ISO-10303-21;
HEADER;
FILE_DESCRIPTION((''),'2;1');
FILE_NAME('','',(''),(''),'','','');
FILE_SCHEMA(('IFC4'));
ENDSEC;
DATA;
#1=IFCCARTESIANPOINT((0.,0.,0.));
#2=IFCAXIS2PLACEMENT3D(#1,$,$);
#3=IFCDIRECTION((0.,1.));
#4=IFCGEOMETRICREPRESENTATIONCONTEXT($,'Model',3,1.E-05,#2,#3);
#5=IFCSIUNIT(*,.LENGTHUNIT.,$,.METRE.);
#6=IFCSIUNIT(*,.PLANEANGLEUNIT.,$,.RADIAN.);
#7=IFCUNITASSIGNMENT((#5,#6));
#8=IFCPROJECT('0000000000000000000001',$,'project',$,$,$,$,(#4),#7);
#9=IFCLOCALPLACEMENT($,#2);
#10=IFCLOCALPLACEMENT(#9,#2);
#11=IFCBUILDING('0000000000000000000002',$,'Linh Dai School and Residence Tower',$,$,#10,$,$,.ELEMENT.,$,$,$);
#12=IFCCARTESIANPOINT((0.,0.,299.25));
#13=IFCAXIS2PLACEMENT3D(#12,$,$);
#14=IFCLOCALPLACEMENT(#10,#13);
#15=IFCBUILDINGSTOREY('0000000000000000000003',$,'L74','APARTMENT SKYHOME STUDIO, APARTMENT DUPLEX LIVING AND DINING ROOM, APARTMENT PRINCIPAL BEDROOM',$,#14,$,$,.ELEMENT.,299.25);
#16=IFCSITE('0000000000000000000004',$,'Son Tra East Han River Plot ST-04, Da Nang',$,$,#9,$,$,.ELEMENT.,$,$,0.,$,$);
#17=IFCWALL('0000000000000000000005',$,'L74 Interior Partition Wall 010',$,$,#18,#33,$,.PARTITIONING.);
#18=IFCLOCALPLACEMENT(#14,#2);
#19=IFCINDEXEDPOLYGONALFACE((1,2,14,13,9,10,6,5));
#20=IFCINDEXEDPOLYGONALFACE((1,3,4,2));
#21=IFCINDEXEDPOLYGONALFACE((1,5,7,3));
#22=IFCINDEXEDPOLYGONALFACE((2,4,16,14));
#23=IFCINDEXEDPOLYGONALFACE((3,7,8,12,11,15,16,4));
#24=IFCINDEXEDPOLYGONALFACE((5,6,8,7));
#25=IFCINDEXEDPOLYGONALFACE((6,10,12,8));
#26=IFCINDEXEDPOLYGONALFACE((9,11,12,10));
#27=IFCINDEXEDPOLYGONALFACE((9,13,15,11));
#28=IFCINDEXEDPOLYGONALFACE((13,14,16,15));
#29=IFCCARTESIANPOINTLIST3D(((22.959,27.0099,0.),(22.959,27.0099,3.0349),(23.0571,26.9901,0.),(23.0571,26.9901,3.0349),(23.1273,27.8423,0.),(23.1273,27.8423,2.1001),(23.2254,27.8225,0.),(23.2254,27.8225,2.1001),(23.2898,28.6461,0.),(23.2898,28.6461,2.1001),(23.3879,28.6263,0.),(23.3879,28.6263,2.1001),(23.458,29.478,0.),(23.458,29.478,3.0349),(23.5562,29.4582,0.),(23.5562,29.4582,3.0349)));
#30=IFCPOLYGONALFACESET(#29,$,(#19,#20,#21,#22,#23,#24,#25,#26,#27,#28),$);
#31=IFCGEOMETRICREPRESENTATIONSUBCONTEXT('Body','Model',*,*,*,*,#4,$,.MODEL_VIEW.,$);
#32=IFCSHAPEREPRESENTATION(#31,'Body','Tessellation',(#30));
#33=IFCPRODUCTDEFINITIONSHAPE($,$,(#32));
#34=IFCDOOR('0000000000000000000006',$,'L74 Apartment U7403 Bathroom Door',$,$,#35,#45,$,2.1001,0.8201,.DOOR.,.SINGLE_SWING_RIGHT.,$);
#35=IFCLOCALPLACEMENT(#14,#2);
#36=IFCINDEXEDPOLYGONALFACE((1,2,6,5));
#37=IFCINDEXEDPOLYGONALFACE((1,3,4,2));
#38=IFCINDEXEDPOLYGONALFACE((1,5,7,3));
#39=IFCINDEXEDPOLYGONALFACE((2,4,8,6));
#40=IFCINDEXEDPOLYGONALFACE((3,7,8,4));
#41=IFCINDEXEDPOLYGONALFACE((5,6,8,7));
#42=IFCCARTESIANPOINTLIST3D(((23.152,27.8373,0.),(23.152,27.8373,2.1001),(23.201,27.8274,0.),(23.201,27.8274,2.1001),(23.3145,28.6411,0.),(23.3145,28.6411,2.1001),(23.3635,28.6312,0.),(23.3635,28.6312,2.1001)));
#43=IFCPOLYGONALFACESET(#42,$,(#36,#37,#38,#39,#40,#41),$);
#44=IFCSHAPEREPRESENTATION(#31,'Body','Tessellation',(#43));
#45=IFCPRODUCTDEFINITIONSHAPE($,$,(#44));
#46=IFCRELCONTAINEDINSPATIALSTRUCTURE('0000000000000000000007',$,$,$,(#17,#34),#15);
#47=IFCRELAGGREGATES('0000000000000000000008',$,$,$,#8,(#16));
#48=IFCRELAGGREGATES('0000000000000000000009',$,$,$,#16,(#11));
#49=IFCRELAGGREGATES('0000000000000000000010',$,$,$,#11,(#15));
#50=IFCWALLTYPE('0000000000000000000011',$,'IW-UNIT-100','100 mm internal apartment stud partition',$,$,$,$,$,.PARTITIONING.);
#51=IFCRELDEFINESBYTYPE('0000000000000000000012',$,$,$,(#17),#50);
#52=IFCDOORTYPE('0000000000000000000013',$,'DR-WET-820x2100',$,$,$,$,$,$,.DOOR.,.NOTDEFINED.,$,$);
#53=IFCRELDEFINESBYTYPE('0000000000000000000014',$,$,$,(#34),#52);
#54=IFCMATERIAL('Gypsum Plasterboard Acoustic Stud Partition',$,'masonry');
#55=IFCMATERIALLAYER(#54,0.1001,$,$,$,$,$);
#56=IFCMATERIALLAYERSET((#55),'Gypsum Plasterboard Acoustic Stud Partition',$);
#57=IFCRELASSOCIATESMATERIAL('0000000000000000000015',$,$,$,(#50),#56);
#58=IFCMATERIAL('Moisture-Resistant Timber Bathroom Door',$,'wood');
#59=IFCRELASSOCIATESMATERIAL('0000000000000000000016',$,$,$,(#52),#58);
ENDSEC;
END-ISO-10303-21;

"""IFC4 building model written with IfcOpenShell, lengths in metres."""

from ifc_helpers import new_model, si_unit, direction, frame, frame_2d, origin, origin_2d, place, context, subcontext, project, spatial, rectangle, extrude, source, transform, mapped, material, layer, layer_set, type_object, element, fill, save


model = new_model("IFC4")

# Units and contexts
model_context = context("Model", 3, precision=1e-05, world=origin(), true_north=direction((0.0, 1.0)))
body_context = subcontext(model_context, "Body", "Model", "MODEL_VIEW")
ifc_project = project(units=[si_unit("LENGTHUNIT", "METRE"), si_unit("PLANEANGLEUNIT", "RADIAN")], contexts=[model_context])

# Site, building, storey
site_placement = place(None, origin())
site = spatial("IfcSite", under=ifc_project, at=site_placement, Name="Son Tra East Han River Plot ST-04, Da Nang", CompositionType="ELEMENT", RefElevation=0.0)
building_placement = place(site_placement, origin())
building = spatial("IfcBuilding", under=site, at=building_placement, Name="Linh Dai School and Residence Tower", CompositionType="ELEMENT")
storey_placement = place(building_placement, frame((0.0, 0.0, 299.25)))
storey = spatial("IfcBuildingStorey", under=building, at=storey_placement, Name="L74", Description="APARTMENT SKYHOME STUDIO, APARTMENT DUPLEX LIVING AND DINING ROOM, APARTMENT PRINCIPAL BEDROOM", CompositionType="ELEMENT", Elevation=299.25)

# Shared definitions
ifc_material_1 = material(Name="Gypsum Plasterboard Acoustic Stud Partition", Category="masonry")
ifc_layer_1 = layer(ifc_material_1, 0.1001)
ifc_layer_set_1 = layer_set([ifc_layer_1], Name="Gypsum Plasterboard Acoustic Stud Partition")
wall_type_1 = type_object("IfcWallType", Name="IW-UNIT-100", Description="100 mm internal apartment stud partition", PredefinedType="PARTITIONING", material=ifc_layer_set_1)

# Wall, opening, door
wall_1_placement = place(storey_placement, frame((23.0081, 27.0, 0.0), z_axis=(0.0, 0.0, 1.0), x_axis=(0.198185, 0.980165, 0.0)))
wall_1 = element("IfcWall", 1, at=wall_1_placement, inside=storey, type_object=wall_type_1, Name="L74 Interior Partition Wall 010", PredefinedType="PARTITIONING", context=body_context, shape_type="SweptSolid", body=[
    extrude(rectangle(XDim=2.5181, YDim=0.1001, at=frame_2d((1.259, 0.0))), origin(), (0.0, 0.0, 1.0), 3.0349),
])
opening_1_placement = place(wall_1_placement, frame((0.8491, 0.0, 0.0)))
opening_1 = element("IfcOpeningElement", 2, at=opening_1_placement, cuts=wall_1, PredefinedType="OPENING", context=body_context, shape_type="SweptSolid", body=[
    extrude(rectangle(XDim=0.8201, YDim=2.1001, at=origin_2d()), frame((0.4102, 0.0601, 1.05), z_axis=(0.0, -1.0, 0.0), x_axis=(1.0, 0.0, 0.0)), (0.0, 0.0, 1.0), 0.1201),
])
ifc_material_2 = material(Name="Moisture-Resistant Timber Bathroom Door", Category="wood")
door_type_1 = type_object("IfcDoorType", Name="DR-WET-820x2100", OperationType="NOTDEFINED", PredefinedType="DOOR", material=ifc_material_2)
shared_shape_1 = source(origin(), body_context, "Body", "SweptSolid", [
    extrude(rectangle(XDim=0.8201, YDim=2.1001, at=origin_2d()), frame((0.4102, 0.0249, 1.05), z_axis=(0.0, -1.0, 0.0), x_axis=(1.0, 0.0, 0.0)), (0.0, 0.0, 1.0), 0.05),
])
door_1_placement = place(opening_1_placement, origin())
door_1 = element("IfcDoor", 3, at=door_1_placement, inside=storey, type_object=door_type_1, Name="L74 Apartment U7403 Bathroom Door", OperationType="SINGLE_SWING_RIGHT", OverallHeight=2.1001, OverallWidth=0.8201, PredefinedType="DOOR", context=body_context, shape_type="MappedRepresentation", body=[
    mapped(shared_shape_1, transform((0.0, 0.0, 0.0), x_axis=(1.0, 0.0, 0.0), y_axis=(0.0, 1.0, 0.0), z_axis=(0.0, 0.0, 1.0), scale=1.0)),
])
fill(opening_1, door_1)

save(model, "model.ifc")
